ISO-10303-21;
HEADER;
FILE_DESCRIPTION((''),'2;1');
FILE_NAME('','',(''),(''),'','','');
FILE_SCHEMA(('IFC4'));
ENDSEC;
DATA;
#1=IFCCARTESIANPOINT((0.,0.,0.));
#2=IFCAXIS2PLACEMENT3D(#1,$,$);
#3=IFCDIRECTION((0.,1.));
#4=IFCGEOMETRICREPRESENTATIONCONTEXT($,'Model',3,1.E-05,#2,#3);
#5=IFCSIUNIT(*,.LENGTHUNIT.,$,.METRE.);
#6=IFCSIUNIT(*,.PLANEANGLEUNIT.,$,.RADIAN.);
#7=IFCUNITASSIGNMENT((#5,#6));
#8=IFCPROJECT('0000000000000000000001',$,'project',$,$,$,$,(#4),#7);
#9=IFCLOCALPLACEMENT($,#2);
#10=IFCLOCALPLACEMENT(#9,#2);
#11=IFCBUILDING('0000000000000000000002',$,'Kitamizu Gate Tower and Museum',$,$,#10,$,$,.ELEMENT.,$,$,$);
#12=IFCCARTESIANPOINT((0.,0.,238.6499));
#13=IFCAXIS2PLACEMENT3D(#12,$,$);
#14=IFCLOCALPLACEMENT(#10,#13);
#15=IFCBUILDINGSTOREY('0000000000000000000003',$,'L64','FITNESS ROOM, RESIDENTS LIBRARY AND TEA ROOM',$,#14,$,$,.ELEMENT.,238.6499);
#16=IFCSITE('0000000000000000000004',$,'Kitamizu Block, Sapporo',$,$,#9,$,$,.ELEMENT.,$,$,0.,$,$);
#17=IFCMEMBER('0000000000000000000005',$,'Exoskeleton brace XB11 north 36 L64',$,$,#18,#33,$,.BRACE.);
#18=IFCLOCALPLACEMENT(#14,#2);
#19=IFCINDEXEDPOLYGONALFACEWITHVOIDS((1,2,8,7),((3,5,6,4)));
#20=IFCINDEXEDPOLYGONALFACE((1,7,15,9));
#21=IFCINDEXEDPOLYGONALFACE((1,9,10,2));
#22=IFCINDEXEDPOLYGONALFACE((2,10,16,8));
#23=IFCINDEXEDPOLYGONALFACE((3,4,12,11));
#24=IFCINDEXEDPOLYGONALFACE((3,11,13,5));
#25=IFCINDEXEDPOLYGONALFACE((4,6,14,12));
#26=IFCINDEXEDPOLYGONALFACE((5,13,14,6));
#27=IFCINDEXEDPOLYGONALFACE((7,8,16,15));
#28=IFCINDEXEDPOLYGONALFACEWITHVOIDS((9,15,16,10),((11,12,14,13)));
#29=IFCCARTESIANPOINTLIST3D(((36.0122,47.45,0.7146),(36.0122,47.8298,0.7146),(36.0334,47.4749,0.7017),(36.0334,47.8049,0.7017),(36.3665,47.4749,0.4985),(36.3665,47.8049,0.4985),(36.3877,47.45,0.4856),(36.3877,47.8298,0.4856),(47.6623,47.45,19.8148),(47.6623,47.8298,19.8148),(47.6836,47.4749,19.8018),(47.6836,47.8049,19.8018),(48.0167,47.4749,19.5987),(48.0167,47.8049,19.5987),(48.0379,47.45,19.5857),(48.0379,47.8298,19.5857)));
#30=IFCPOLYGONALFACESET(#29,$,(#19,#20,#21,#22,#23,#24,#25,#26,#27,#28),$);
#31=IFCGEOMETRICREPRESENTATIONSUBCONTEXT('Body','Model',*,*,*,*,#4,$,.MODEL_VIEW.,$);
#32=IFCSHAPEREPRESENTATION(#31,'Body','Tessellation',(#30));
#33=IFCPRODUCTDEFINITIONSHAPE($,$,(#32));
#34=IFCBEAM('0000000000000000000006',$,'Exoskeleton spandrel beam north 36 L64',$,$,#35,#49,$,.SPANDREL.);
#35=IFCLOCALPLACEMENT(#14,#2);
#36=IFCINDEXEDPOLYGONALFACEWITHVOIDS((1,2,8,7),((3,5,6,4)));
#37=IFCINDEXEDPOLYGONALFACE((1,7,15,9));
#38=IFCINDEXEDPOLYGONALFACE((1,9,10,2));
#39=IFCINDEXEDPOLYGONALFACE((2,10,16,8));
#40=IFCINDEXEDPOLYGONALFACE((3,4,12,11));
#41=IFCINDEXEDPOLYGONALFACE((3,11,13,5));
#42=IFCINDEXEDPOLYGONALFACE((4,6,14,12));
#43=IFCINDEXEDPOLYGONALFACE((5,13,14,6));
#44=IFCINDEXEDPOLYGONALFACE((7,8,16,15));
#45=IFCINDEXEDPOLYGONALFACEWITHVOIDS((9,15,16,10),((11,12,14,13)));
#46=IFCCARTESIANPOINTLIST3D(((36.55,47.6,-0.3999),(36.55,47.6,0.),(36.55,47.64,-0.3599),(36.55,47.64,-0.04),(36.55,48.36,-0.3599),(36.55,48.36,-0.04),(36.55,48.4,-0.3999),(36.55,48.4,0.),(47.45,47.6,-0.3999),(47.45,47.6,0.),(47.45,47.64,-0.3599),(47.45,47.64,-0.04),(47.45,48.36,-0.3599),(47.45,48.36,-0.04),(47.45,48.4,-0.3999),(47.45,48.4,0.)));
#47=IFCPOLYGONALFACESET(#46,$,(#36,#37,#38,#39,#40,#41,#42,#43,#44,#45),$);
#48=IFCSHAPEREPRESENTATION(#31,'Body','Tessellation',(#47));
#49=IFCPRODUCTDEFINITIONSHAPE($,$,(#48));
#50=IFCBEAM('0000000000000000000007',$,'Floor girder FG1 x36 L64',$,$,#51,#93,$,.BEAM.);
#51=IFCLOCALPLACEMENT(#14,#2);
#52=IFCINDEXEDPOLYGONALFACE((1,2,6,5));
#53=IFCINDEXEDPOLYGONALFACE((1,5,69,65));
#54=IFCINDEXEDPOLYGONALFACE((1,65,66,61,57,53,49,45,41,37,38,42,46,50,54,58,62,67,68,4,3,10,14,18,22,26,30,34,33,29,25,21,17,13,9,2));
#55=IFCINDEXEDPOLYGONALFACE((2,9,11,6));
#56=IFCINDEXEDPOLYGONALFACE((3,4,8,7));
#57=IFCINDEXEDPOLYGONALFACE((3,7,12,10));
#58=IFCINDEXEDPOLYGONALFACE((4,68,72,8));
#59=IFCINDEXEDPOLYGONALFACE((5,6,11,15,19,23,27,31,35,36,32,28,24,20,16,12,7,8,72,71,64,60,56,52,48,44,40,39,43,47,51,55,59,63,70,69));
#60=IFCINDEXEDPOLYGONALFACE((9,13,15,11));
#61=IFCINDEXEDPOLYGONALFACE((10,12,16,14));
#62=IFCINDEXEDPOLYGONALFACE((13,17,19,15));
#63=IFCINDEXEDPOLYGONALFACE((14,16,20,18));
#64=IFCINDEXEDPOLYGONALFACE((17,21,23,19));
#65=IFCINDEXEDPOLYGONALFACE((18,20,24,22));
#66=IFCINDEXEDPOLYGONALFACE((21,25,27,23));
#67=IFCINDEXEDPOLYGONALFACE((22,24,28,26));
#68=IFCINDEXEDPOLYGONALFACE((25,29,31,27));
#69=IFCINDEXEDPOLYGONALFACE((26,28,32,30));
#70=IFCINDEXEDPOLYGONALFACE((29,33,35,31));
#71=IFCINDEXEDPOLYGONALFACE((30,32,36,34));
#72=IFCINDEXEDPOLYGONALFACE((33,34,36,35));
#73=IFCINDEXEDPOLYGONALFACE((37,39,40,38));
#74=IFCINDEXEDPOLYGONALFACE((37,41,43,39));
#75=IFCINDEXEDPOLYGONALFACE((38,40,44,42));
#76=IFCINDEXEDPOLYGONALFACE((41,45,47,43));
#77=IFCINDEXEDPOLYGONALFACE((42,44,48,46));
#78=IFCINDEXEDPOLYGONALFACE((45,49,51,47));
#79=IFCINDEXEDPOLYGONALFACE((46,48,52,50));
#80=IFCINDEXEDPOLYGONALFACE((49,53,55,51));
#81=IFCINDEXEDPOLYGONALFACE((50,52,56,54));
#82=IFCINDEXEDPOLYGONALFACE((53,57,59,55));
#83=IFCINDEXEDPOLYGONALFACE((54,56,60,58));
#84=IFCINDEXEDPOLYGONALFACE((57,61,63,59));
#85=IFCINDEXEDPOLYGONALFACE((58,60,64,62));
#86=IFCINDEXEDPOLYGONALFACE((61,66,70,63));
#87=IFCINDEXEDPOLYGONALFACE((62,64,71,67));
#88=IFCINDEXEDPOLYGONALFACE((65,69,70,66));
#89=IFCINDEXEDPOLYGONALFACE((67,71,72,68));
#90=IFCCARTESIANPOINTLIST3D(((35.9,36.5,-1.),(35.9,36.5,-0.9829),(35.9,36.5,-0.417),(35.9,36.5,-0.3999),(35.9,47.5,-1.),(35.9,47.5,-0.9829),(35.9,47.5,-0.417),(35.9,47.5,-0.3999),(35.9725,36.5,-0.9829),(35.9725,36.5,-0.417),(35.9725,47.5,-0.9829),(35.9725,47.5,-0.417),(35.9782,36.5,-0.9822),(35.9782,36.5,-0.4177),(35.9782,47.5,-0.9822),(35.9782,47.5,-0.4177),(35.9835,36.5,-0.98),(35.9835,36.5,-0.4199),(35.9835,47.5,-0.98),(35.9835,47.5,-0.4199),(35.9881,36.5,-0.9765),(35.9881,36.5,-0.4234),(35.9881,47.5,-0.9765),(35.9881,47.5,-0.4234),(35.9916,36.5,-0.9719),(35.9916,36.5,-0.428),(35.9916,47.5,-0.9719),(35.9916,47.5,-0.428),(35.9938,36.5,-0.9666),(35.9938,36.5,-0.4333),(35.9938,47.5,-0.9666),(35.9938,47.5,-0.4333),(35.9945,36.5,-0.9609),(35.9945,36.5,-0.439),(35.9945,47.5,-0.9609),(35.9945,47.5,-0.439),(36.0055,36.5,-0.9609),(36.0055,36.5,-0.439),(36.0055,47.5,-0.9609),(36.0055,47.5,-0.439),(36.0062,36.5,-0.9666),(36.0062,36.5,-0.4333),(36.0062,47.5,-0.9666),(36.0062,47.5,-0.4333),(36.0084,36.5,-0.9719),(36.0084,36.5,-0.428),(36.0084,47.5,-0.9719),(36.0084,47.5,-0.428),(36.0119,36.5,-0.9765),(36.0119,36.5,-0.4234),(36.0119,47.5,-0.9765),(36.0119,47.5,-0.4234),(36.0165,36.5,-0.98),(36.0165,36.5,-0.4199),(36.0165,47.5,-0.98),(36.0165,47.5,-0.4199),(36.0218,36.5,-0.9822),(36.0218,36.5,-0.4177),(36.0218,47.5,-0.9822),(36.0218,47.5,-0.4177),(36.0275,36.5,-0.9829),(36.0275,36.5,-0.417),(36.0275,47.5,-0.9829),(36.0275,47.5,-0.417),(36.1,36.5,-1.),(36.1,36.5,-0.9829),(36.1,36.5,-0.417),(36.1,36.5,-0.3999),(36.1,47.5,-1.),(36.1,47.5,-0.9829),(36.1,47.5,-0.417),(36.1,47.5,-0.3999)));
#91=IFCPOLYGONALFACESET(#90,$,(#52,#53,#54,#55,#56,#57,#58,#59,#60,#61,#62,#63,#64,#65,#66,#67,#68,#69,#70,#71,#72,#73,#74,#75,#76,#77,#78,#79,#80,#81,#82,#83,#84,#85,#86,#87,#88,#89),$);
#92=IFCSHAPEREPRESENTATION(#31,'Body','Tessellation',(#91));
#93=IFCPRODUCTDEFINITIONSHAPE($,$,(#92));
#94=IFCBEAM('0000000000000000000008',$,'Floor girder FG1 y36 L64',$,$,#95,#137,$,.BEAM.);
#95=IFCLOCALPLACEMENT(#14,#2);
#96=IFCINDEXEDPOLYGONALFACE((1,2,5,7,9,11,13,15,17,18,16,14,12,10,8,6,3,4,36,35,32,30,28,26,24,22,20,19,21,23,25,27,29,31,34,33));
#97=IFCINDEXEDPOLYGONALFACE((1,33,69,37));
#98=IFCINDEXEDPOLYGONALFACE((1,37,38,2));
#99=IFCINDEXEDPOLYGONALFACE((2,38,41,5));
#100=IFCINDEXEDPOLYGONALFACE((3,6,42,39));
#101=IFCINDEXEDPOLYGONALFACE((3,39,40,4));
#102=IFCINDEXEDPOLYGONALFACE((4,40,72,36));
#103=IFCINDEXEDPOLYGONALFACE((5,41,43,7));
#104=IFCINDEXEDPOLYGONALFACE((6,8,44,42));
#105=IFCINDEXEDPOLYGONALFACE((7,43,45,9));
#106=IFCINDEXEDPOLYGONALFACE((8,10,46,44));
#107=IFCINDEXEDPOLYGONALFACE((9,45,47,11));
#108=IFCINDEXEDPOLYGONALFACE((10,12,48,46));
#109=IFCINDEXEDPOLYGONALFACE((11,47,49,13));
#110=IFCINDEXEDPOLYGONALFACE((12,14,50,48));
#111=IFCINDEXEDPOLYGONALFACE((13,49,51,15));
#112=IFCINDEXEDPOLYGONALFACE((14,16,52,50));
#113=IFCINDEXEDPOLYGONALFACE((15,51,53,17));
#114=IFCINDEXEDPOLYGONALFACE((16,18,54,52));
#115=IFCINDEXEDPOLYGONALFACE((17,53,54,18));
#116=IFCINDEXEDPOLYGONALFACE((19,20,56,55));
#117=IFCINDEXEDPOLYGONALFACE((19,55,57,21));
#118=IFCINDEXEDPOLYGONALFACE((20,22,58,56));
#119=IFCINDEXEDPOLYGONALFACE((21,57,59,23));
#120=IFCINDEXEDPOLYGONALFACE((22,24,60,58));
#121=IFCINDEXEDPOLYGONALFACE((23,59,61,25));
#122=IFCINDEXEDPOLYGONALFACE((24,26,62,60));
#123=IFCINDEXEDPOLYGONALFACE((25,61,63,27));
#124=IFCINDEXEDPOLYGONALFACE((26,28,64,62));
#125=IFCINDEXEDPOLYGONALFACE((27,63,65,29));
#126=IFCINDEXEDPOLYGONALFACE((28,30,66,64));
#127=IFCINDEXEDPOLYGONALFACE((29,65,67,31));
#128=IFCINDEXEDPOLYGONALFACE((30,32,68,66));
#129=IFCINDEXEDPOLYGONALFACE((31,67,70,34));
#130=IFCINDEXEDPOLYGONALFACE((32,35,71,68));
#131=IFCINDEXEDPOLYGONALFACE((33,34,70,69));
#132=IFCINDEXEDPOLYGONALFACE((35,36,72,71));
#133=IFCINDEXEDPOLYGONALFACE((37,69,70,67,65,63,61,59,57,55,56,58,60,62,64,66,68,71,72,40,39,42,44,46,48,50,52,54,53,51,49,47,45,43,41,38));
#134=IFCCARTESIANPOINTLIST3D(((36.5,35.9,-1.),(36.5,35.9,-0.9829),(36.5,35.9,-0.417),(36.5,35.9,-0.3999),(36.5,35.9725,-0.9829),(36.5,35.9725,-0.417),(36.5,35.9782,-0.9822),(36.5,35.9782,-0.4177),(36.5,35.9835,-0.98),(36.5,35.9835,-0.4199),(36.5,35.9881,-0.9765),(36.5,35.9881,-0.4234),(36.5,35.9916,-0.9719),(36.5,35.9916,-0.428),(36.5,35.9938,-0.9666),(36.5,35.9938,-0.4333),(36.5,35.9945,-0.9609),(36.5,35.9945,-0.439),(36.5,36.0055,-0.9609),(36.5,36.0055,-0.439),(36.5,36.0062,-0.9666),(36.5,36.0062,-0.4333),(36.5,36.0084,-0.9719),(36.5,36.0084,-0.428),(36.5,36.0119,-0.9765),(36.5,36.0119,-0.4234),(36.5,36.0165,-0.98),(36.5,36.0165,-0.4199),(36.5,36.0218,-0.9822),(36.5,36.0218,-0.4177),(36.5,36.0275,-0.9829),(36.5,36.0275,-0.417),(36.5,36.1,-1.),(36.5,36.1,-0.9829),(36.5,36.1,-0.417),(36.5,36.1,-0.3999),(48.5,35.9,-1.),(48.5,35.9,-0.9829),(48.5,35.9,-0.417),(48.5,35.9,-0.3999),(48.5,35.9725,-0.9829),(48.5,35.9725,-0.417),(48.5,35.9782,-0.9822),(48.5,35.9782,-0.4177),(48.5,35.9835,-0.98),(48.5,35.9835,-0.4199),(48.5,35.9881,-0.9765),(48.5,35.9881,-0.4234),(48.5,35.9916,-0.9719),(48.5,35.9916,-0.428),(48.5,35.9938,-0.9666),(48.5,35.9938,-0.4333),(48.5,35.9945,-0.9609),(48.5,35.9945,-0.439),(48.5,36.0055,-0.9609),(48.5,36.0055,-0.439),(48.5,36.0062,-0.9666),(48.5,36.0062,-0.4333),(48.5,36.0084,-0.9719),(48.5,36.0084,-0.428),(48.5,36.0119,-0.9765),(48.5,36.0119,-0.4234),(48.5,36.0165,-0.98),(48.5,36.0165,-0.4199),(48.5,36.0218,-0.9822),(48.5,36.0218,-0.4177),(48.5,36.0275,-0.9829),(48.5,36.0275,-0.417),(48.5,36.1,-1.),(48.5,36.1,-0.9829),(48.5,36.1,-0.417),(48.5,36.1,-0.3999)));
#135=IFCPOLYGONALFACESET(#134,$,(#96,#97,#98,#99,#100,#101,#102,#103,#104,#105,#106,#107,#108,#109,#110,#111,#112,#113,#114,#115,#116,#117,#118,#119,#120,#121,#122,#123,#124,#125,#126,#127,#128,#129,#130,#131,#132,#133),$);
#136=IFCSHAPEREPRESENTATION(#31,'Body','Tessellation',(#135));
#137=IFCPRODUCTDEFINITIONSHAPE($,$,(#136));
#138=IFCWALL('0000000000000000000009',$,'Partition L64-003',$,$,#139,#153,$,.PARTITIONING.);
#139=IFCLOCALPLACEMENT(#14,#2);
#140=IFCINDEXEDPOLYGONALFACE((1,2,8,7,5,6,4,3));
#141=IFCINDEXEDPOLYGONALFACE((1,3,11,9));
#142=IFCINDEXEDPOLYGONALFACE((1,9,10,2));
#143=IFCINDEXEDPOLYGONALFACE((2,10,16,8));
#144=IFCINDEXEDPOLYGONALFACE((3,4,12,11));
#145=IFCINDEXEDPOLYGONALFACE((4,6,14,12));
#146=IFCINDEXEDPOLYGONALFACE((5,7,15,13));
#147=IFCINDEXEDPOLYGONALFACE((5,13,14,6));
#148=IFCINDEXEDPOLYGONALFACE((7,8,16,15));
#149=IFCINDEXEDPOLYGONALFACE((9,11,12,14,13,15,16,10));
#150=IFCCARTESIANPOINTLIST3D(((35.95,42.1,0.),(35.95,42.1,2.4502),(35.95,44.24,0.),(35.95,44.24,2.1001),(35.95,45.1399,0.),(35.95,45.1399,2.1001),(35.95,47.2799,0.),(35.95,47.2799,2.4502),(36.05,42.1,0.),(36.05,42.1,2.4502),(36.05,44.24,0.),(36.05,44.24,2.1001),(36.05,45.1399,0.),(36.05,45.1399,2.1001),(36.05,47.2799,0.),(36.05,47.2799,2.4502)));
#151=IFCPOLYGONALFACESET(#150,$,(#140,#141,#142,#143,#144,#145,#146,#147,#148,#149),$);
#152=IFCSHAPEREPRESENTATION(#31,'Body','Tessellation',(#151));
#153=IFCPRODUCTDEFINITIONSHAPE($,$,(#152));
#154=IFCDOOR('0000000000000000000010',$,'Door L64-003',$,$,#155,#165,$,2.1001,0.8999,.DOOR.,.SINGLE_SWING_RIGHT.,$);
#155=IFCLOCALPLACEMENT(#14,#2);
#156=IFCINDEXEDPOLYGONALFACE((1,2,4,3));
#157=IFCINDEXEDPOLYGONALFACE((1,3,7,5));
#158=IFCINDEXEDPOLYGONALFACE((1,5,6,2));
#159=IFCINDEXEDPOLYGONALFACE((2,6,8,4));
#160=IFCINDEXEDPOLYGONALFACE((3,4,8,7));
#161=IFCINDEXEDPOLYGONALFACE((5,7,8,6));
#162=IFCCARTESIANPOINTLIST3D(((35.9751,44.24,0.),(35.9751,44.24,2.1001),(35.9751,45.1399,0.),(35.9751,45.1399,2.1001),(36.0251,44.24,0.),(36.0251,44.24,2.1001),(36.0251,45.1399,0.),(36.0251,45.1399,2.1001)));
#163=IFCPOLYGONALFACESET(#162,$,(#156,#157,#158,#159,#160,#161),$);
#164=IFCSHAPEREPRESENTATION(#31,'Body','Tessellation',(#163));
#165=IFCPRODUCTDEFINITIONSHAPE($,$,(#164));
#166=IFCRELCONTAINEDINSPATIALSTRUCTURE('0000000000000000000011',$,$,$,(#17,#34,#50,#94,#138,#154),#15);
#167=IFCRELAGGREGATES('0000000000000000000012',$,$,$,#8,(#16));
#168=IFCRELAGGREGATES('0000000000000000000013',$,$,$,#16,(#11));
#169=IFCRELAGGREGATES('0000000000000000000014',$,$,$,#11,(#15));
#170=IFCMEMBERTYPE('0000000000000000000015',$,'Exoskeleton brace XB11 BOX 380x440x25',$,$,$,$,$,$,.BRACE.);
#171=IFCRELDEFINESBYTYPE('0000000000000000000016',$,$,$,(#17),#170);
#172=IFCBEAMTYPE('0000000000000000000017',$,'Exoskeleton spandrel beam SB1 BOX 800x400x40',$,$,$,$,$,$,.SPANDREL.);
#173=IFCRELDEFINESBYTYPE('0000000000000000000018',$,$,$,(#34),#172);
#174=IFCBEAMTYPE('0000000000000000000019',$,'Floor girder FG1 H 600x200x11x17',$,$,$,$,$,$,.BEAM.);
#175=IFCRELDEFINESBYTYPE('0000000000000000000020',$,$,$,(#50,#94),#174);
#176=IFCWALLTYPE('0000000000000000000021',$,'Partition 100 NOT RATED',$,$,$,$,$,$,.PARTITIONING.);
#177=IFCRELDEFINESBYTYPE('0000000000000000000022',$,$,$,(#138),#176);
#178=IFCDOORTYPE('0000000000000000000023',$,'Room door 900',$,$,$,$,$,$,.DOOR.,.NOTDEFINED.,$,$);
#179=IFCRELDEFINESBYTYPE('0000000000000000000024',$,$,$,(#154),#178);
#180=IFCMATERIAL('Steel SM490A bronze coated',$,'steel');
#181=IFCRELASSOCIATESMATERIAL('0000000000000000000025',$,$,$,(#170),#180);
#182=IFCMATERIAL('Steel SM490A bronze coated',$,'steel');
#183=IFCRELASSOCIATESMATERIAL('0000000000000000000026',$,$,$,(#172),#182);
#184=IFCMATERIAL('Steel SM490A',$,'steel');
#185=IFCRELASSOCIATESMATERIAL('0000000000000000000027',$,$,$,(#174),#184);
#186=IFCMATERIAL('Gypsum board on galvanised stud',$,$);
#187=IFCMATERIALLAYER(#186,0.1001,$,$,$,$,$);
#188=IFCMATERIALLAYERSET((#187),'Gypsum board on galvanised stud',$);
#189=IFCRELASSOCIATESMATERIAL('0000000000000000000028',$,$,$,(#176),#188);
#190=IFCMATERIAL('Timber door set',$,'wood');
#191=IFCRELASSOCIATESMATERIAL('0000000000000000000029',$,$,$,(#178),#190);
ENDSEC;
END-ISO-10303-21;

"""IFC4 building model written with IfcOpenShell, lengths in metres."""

from ifc_helpers import new_model, si_unit, direction, frame, frame_2d, origin, origin_2d, place, context, subcontext, project, spatial, rectangle, hollow_rectangle, i_section, extrude, material, layer, layer_set, material_profile, profile_set, type_object, element, fill, save


model = new_model("IFC4")

# Units and contexts
model_context = context("Model", 3, precision=1e-05, world=origin(), true_north=direction((0.0, 1.0)))
body_context = subcontext(model_context, "Body", "Model", "MODEL_VIEW")
ifc_project = project(units=[si_unit("LENGTHUNIT", "METRE"), si_unit("PLANEANGLEUNIT", "RADIAN")], contexts=[model_context])

# Site, building, storey
site_placement = place(None, origin())
site = spatial("IfcSite", under=ifc_project, at=site_placement, Name="Kitamizu Block, Sapporo", CompositionType="ELEMENT", RefElevation=0.0)
building_placement = place(site_placement, origin())
building = spatial("IfcBuilding", under=site, at=building_placement, Name="Kitamizu Gate Tower and Museum", CompositionType="ELEMENT")
storey_placement = place(building_placement, frame((0.0, 0.0, 238.6499)))
storey = spatial("IfcBuildingStorey", under=building, at=storey_placement, Name="L64", Description="FITNESS ROOM, RESIDENTS LIBRARY AND TEA ROOM", CompositionType="ELEMENT", Elevation=238.6499)

# Member
ifc_material_1 = material(Name="Steel SM490A bronze coated", Category="steel")
ifc_material_profile_1 = material_profile(ifc_material_1, hollow_rectangle(XDim=0.3799, YDim=0.4399, WallThickness=0.0249, at=origin_2d()), Name="BOX 380x440x25")
ifc_profile_set_1 = profile_set([ifc_material_profile_1], Name="Steel SM490A bronze coated")
member_type = type_object("IfcMemberType", Name="Exoskeleton brace XB11 BOX 380x440x25", PredefinedType="BRACE", material=ifc_profile_set_1)
member_placement = place(storey_placement, frame((36.2, 47.6399, 0.6001), z_axis=(0.520729, 0.0, 0.853722), x_axis=(0.0, 1.0, 0.0)))
element("IfcMember", 1, at=member_placement, inside=storey, type_object=member_type, Name="Exoskeleton brace XB11 north 36 L64", PredefinedType="BRACE", context=body_context, shape_type="SweptSolid", body=[
    extrude(hollow_rectangle(XDim=0.3799, YDim=0.4399, WallThickness=0.0249, at=origin_2d()), origin(), (0.0, 0.0, 1.0), 22.3728),
])

# Beams
ifc_material_2 = material(Name="Steel SM490A bronze coated", Category="steel")
ifc_material_profile_2 = material_profile(ifc_material_2, hollow_rectangle(XDim=0.8, YDim=0.3999, WallThickness=0.04, at=origin_2d()), Name="BOX 800x400x40")
ifc_profile_set_2 = profile_set([ifc_material_profile_2], Name="Steel SM490A bronze coated")
beam_type_1 = type_object("IfcBeamType", Name="Exoskeleton spandrel beam SB1 BOX 800x400x40", PredefinedType="SPANDREL", material=ifc_profile_set_2)
beam_1_placement = place(storey_placement, frame((36.55, 48.0, -0.2), z_axis=(1.0, 0.0, 0.0), x_axis=(0.0, 1.0, 0.0)))
element("IfcBeam", 2, at=beam_1_placement, inside=storey, type_object=beam_type_1, Name="Exoskeleton spandrel beam north 36 L64", PredefinedType="SPANDREL", context=body_context, shape_type="SweptSolid", body=[
    extrude(hollow_rectangle(XDim=0.8, YDim=0.3999, WallThickness=0.04, at=origin_2d()), origin(), (0.0, 0.0, 1.0), 10.8999),
])
ifc_material_3 = material(Name="Steel SM490A", Category="steel")
ifc_material_profile_3 = material_profile(ifc_material_3, i_section(OverallWidth=0.2, OverallDepth=0.6001, WebThickness=0.011, FlangeThickness=0.0171, FilletRadius=0.022, at=origin_2d()), Name="H-600x200x11x17")
ifc_profile_set_3 = profile_set([ifc_material_profile_3], Name="Steel SM490A")
beam_type_2 = type_object("IfcBeamType", Name="Floor girder FG1 H 600x200x11x17", PredefinedType="BEAM", material=ifc_profile_set_3)
beam_2_placement = place(storey_placement, frame((36.0, 36.5, -0.7), z_axis=(0.0, 1.0, 0.0), x_axis=(-1.0, 0.0, 0.0)))
element("IfcBeam", 3, at=beam_2_placement, inside=storey, type_object=beam_type_2, Name="Floor girder FG1 x36 L64", PredefinedType="BEAM", context=body_context, shape_type="SweptSolid", body=[
    extrude(i_section(OverallWidth=0.2, OverallDepth=0.6001, WebThickness=0.011, FlangeThickness=0.0171, FilletRadius=0.022, at=origin_2d()), origin(), (0.0, 0.0, 1.0), 11.0),
])
beam_3_placement = place(storey_placement, frame((36.5, 36.0, -0.7), z_axis=(1.0, 0.0, 0.0), x_axis=(0.0, 1.0, 0.0)))
element("IfcBeam", 4, at=beam_3_placement, inside=storey, type_object=beam_type_2, Name="Floor girder FG1 y36 L64", PredefinedType="BEAM", context=body_context, shape_type="SweptSolid", body=[
    extrude(i_section(OverallWidth=0.2, OverallDepth=0.6001, WebThickness=0.011, FlangeThickness=0.0171, FilletRadius=0.022, at=origin_2d()), origin(), (0.0, 0.0, 1.0), 12.0),
])

# Wall, opening, door
ifc_material_4 = material(Name="Gypsum board on galvanised stud")
ifc_layer_1 = layer(ifc_material_4, 0.1001)
ifc_layer_set_1 = layer_set([ifc_layer_1], Name="Gypsum board on galvanised stud")
wall_type_1 = type_object("IfcWallType", Name="Partition 100 NOT RATED", PredefinedType="PARTITIONING", material=ifc_layer_set_1)
wall_1_placement = place(storey_placement, frame((36.0, 42.1001, 0.0), z_axis=(0.0, 0.0, 1.0), x_axis=(0.0, 1.0, 0.0)))
wall_1 = element("IfcWall", 5, at=wall_1_placement, inside=storey, type_object=wall_type_1, Name="Partition L64-003", PredefinedType="PARTITIONING", context=body_context, shape_type="SweptSolid", body=[
    extrude(rectangle(XDim=5.1799, YDim=0.1001, at=frame_2d((2.5898, 0.0))), origin(), (0.0, 0.0, 1.0), 2.4502),
])
opening_1_placement = place(wall_1_placement, frame((2.1399, 0.0, 0.0)))
opening_1 = element("IfcOpeningElement", 6, at=opening_1_placement, cuts=wall_1, PredefinedType="OPENING", context=body_context, shape_type="SweptSolid", body=[
    extrude(rectangle(XDim=0.8999, YDim=2.1001, at=frame_2d((0.45, 1.05))), frame((0.0, 0.0601, 0.0), z_axis=(0.0, -1.0, 0.0), x_axis=(1.0, 0.0, 0.0)), (0.0, 0.0, 1.0), 0.1201),
])
ifc_material_5 = material(Name="Timber door set", Category="wood")
door_type_1 = type_object("IfcDoorType", Name="Room door 900", OperationType="NOTDEFINED", PredefinedType="DOOR", material=ifc_material_5)
door_1_placement = place(opening_1_placement, origin())
door_1 = element("IfcDoor", 7, at=door_1_placement, inside=storey, type_object=door_type_1, Name="Door L64-003", OperationType="SINGLE_SWING_RIGHT", OverallHeight=2.1001, OverallWidth=0.8999, PredefinedType="DOOR", context=body_context, shape_type="SweptSolid", body=[
    extrude(rectangle(XDim=0.8999, YDim=2.1001, at=frame_2d((0.45, 1.05))), frame((0.0, 0.0249, 0.0), z_axis=(0.0, -1.0, 0.0), x_axis=(1.0, 0.0, 0.0)), (0.0, 0.0, 1.0), 0.05),
])
fill(opening_1, door_1)

save(model, "model.ifc")
